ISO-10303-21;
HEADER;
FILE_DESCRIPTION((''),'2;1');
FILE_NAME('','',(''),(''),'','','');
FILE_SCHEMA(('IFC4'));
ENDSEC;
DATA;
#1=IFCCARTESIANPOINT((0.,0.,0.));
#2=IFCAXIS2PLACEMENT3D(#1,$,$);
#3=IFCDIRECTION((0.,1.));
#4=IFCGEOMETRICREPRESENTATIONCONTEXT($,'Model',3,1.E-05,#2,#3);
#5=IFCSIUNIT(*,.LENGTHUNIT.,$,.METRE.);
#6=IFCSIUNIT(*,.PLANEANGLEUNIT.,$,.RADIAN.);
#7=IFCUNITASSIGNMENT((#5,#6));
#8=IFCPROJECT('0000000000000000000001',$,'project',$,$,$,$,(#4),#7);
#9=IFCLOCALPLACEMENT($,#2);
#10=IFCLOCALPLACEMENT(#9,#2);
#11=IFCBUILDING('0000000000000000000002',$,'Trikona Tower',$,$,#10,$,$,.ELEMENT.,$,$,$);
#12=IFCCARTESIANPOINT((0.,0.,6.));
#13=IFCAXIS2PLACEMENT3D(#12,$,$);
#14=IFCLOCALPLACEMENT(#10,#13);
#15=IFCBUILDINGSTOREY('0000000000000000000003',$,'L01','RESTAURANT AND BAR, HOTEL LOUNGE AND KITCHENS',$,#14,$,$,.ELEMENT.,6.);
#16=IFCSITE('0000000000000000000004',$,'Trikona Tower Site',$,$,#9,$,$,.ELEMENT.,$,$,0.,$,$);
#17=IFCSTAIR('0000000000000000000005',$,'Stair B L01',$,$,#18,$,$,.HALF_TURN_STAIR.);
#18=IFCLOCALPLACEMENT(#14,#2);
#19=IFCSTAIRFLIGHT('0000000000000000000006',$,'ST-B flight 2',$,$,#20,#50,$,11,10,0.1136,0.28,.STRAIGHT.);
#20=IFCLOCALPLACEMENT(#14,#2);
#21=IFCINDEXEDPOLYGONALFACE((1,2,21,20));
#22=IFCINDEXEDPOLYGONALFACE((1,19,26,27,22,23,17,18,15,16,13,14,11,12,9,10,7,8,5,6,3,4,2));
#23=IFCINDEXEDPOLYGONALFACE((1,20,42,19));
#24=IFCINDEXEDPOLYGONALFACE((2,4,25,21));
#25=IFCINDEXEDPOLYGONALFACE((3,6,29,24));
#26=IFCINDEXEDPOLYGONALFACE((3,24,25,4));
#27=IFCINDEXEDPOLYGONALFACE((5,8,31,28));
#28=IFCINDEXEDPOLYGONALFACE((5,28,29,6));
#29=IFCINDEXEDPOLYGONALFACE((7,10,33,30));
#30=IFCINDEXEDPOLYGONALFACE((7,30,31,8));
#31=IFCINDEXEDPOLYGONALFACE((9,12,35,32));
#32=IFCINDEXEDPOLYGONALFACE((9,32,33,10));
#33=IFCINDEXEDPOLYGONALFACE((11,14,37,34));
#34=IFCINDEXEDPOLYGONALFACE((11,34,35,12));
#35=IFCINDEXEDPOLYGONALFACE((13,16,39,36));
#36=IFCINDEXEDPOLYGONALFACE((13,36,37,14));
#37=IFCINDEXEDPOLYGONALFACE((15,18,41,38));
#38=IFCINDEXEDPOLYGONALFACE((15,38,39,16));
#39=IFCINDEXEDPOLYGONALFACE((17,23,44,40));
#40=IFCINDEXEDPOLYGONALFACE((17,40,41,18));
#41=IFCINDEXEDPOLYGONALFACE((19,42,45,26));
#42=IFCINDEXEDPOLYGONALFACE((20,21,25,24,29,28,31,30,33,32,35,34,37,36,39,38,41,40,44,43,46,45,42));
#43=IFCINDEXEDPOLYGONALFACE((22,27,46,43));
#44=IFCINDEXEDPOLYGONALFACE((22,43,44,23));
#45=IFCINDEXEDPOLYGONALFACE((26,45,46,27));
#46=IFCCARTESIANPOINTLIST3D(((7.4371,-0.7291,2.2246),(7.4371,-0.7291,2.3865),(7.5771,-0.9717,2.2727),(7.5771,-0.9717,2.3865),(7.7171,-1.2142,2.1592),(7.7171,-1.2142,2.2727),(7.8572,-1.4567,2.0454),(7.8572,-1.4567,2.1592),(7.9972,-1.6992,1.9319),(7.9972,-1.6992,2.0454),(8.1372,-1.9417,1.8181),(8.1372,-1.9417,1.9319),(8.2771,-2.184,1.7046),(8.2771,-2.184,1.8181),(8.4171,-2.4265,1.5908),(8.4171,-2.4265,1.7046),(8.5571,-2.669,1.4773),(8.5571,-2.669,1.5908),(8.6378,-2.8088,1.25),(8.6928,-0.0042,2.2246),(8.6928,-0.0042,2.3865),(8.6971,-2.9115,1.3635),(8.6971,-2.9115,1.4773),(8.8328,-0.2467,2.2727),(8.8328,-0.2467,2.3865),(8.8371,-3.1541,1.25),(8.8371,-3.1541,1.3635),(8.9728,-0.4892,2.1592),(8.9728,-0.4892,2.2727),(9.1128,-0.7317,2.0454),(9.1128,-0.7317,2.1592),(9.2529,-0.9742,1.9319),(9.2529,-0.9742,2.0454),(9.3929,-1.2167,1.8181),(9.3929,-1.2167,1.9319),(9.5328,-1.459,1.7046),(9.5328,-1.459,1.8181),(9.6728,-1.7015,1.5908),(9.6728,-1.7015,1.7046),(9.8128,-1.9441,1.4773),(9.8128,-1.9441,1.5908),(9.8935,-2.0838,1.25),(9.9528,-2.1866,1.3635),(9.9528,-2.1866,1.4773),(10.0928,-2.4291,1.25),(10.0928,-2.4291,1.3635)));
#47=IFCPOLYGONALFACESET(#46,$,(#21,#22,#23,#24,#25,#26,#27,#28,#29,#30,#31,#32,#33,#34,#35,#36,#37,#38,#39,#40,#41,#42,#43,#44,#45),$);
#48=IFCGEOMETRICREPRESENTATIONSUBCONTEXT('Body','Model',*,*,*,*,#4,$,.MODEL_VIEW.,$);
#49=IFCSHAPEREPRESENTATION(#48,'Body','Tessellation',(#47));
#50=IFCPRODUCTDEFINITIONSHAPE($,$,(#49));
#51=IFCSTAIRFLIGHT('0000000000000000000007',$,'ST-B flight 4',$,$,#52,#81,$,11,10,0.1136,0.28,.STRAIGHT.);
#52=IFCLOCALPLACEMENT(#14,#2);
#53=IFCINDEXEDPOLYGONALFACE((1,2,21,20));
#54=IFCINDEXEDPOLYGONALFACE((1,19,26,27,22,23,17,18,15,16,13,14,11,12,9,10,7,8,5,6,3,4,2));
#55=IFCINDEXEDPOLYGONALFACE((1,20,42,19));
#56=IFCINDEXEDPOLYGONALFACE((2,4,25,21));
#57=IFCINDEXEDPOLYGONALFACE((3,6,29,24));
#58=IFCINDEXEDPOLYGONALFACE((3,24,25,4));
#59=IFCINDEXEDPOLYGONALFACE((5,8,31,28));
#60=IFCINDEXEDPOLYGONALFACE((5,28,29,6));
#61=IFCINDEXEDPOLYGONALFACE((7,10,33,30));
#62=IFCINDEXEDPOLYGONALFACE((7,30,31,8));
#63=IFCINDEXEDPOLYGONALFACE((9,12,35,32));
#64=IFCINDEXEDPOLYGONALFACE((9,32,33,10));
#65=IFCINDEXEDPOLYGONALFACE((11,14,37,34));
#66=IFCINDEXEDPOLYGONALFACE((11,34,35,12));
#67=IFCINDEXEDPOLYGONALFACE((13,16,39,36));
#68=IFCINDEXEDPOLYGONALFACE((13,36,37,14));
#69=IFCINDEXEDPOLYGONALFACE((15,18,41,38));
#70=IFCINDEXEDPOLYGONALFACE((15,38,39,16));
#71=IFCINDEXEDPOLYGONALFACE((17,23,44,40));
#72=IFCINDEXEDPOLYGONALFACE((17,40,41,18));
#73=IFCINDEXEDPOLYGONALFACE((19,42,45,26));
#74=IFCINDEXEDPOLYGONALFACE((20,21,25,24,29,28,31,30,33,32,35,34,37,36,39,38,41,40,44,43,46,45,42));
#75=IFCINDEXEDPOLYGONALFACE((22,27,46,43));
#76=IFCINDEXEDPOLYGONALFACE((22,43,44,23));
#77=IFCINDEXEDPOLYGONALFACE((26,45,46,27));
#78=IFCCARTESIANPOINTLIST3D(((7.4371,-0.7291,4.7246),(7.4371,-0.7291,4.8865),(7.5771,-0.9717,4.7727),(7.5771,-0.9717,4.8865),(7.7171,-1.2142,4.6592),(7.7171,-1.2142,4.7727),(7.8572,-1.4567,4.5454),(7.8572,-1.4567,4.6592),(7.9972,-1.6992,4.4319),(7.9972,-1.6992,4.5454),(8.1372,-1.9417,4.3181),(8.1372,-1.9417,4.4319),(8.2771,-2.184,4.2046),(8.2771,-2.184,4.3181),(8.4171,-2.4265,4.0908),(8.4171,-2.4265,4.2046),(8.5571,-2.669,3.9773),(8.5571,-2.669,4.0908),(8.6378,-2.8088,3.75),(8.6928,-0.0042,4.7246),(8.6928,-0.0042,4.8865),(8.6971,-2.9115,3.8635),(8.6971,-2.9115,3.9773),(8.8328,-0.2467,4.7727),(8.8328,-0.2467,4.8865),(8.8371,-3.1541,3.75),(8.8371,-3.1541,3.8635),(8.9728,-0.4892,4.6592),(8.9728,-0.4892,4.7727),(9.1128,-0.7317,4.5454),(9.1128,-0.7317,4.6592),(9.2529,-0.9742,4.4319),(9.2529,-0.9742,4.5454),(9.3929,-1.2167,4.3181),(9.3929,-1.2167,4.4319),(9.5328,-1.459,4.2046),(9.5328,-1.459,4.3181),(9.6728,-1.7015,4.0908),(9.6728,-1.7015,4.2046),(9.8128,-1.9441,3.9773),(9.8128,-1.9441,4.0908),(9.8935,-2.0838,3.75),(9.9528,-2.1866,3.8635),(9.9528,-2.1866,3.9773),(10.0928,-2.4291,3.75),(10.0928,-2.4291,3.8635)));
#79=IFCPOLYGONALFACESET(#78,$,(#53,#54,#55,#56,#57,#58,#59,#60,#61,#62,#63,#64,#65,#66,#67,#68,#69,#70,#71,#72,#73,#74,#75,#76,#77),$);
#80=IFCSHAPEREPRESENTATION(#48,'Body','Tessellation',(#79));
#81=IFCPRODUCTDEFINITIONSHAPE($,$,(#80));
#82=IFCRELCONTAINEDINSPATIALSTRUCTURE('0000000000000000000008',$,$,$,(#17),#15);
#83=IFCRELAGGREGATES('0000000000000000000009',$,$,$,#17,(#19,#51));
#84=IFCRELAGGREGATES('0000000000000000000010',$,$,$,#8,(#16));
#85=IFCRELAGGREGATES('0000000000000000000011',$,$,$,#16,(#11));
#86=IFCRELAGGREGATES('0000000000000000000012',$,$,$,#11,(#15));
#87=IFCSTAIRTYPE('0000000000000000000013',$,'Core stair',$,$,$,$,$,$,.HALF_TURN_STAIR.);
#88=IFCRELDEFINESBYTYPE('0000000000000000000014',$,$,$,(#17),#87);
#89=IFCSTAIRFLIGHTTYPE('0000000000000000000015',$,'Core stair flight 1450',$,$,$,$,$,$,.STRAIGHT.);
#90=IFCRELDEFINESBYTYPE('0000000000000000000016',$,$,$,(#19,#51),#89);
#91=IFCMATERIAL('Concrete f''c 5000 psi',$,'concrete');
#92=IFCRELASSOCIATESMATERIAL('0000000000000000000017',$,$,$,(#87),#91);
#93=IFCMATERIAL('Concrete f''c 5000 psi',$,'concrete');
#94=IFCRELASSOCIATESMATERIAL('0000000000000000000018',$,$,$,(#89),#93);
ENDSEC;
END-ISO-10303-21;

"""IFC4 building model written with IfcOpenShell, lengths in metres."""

from ifc_helpers import new_model, si_unit, direction, frame, origin, place, context, subcontext, project, spatial, polyline, outline, extrude, material, type_object, element, aggregate, save


model = new_model("IFC4")

# Units and contexts
model_context = context("Model", 3, precision=1e-05, world=origin(), true_north=direction((0.0, 1.0)))
body_context = subcontext(model_context, "Body", "Model", "MODEL_VIEW")
ifc_project = project(units=[si_unit("LENGTHUNIT", "METRE"), si_unit("PLANEANGLEUNIT", "RADIAN")], contexts=[model_context])

# Site, building, storey
site_placement = place(None, origin())
site = spatial("IfcSite", under=ifc_project, at=site_placement, Name="Trikona Tower Site", CompositionType="ELEMENT", RefElevation=0.0)
building_placement = place(site_placement, origin())
building = spatial("IfcBuilding", under=site, at=building_placement, Name="Trikona Tower", CompositionType="ELEMENT")
storey_placement = place(building_placement, frame((0.0, 0.0, 6.0)))
storey = spatial("IfcBuildingStorey", under=building, at=storey_placement, Name="L01", Description="RESTAURANT AND BAR, HOTEL LOUNGE AND KITCHENS", CompositionType="ELEMENT", Elevation=6.0)

# Stair, stair flights
ifc_material_1 = material(Name="Concrete f'c 5000 psi", Category="concrete")
stair_type = type_object("IfcStairType", Name="Core stair", PredefinedType="HALF_TURN_STAIR", material=ifc_material_1)
stair_placement = place(storey_placement, origin())
stair = element("IfcStair", 1, at=stair_placement, inside=storey, type_object=stair_type, Name="Stair B L01", PredefinedType="HALF_TURN_STAIR")
ifc_material_2 = material(Name="Concrete f'c 5000 psi", Category="concrete")
stair_flight_type = type_object("IfcStairFlightType", Name="Core stair flight 1450", PredefinedType="STRAIGHT", material=ifc_material_2)
stair_flight_1_placement = place(storey_placement, frame((9.4651, -2.7915, 1.25), z_axis=(0.0, 0.0, 1.0), x_axis=(-0.5, 0.866025, 0.0)))
stair_flight_1 = element("IfcStairFlight", 2, at=stair_flight_1_placement, type_object=stair_flight_type, Name="ST-B flight 2", NumberOfRisers=11, NumberOfTreads=10, PredefinedType="STRAIGHT", RiserHeight=0.1136, TreadLength=0.28, context=body_context, shape_type="SweptSolid", body=[
    extrude(outline(polyline([(0.0, 0.0), (0.0, 0.1135), (0.28, 0.1135), (0.28, 0.2273), (0.5601, 0.2273), (0.5601, 0.3408), (0.8401, 0.3408), (0.8401, 0.4546), (1.1201, 0.4546), (1.1201, 0.5681), (1.3999, 0.5681), (1.3999, 0.6819), (1.6799, 0.6819), (1.6799, 0.7954), (1.96, 0.7954), (1.96, 0.9092), (2.24, 0.9092), (2.24, 1.0227), (2.52, 1.0227), (2.52, 1.1365), (2.8, 1.1365), (2.8, 1.25), (2.8, 0.9746), (0.3987, 0.0), (0.0, 0.0)])), frame((0.0, 0.7251, 0.0), z_axis=(0.0, -1.0, 0.0), x_axis=(1.0, 0.0, 0.0)), (0.0, 0.0, 1.0), 1.45),
])
stair_flight_2_placement = place(storey_placement, frame((9.4651, -2.7915, 3.75), z_axis=(0.0, 0.0, 1.0), x_axis=(-0.5, 0.866025, 0.0)))
stair_flight_2 = element("IfcStairFlight", 3, at=stair_flight_2_placement, type_object=stair_flight_type, Name="ST-B flight 4", NumberOfRisers=11, NumberOfTreads=10, PredefinedType="STRAIGHT", RiserHeight=0.1136, TreadLength=0.28, context=body_context, shape_type="SweptSolid", body=[
    extrude(outline(polyline([(0.0, 0.0), (0.0, 0.1135), (0.28, 0.1135), (0.28, 0.2273), (0.5601, 0.2273), (0.5601, 0.3408), (0.8401, 0.3408), (0.8401, 0.4546), (1.1201, 0.4546), (1.1201, 0.5681), (1.3999, 0.5681), (1.3999, 0.6819), (1.6799, 0.6819), (1.6799, 0.7954), (1.96, 0.7954), (1.96, 0.9092), (2.24, 0.9092), (2.24, 1.0227), (2.52, 1.0227), (2.52, 1.1365), (2.8, 1.1365), (2.8, 1.25), (2.8, 0.9746), (0.3987, 0.0), (0.0, 0.0)])), frame((0.0, 0.7251, 0.0), z_axis=(0.0, -1.0, 0.0), x_axis=(1.0, 0.0, 0.0)), (0.0, 0.0, 1.0), 1.45),
])
aggregate(stair, [stair_flight_1, stair_flight_2])

save(model, "model.ifc")
